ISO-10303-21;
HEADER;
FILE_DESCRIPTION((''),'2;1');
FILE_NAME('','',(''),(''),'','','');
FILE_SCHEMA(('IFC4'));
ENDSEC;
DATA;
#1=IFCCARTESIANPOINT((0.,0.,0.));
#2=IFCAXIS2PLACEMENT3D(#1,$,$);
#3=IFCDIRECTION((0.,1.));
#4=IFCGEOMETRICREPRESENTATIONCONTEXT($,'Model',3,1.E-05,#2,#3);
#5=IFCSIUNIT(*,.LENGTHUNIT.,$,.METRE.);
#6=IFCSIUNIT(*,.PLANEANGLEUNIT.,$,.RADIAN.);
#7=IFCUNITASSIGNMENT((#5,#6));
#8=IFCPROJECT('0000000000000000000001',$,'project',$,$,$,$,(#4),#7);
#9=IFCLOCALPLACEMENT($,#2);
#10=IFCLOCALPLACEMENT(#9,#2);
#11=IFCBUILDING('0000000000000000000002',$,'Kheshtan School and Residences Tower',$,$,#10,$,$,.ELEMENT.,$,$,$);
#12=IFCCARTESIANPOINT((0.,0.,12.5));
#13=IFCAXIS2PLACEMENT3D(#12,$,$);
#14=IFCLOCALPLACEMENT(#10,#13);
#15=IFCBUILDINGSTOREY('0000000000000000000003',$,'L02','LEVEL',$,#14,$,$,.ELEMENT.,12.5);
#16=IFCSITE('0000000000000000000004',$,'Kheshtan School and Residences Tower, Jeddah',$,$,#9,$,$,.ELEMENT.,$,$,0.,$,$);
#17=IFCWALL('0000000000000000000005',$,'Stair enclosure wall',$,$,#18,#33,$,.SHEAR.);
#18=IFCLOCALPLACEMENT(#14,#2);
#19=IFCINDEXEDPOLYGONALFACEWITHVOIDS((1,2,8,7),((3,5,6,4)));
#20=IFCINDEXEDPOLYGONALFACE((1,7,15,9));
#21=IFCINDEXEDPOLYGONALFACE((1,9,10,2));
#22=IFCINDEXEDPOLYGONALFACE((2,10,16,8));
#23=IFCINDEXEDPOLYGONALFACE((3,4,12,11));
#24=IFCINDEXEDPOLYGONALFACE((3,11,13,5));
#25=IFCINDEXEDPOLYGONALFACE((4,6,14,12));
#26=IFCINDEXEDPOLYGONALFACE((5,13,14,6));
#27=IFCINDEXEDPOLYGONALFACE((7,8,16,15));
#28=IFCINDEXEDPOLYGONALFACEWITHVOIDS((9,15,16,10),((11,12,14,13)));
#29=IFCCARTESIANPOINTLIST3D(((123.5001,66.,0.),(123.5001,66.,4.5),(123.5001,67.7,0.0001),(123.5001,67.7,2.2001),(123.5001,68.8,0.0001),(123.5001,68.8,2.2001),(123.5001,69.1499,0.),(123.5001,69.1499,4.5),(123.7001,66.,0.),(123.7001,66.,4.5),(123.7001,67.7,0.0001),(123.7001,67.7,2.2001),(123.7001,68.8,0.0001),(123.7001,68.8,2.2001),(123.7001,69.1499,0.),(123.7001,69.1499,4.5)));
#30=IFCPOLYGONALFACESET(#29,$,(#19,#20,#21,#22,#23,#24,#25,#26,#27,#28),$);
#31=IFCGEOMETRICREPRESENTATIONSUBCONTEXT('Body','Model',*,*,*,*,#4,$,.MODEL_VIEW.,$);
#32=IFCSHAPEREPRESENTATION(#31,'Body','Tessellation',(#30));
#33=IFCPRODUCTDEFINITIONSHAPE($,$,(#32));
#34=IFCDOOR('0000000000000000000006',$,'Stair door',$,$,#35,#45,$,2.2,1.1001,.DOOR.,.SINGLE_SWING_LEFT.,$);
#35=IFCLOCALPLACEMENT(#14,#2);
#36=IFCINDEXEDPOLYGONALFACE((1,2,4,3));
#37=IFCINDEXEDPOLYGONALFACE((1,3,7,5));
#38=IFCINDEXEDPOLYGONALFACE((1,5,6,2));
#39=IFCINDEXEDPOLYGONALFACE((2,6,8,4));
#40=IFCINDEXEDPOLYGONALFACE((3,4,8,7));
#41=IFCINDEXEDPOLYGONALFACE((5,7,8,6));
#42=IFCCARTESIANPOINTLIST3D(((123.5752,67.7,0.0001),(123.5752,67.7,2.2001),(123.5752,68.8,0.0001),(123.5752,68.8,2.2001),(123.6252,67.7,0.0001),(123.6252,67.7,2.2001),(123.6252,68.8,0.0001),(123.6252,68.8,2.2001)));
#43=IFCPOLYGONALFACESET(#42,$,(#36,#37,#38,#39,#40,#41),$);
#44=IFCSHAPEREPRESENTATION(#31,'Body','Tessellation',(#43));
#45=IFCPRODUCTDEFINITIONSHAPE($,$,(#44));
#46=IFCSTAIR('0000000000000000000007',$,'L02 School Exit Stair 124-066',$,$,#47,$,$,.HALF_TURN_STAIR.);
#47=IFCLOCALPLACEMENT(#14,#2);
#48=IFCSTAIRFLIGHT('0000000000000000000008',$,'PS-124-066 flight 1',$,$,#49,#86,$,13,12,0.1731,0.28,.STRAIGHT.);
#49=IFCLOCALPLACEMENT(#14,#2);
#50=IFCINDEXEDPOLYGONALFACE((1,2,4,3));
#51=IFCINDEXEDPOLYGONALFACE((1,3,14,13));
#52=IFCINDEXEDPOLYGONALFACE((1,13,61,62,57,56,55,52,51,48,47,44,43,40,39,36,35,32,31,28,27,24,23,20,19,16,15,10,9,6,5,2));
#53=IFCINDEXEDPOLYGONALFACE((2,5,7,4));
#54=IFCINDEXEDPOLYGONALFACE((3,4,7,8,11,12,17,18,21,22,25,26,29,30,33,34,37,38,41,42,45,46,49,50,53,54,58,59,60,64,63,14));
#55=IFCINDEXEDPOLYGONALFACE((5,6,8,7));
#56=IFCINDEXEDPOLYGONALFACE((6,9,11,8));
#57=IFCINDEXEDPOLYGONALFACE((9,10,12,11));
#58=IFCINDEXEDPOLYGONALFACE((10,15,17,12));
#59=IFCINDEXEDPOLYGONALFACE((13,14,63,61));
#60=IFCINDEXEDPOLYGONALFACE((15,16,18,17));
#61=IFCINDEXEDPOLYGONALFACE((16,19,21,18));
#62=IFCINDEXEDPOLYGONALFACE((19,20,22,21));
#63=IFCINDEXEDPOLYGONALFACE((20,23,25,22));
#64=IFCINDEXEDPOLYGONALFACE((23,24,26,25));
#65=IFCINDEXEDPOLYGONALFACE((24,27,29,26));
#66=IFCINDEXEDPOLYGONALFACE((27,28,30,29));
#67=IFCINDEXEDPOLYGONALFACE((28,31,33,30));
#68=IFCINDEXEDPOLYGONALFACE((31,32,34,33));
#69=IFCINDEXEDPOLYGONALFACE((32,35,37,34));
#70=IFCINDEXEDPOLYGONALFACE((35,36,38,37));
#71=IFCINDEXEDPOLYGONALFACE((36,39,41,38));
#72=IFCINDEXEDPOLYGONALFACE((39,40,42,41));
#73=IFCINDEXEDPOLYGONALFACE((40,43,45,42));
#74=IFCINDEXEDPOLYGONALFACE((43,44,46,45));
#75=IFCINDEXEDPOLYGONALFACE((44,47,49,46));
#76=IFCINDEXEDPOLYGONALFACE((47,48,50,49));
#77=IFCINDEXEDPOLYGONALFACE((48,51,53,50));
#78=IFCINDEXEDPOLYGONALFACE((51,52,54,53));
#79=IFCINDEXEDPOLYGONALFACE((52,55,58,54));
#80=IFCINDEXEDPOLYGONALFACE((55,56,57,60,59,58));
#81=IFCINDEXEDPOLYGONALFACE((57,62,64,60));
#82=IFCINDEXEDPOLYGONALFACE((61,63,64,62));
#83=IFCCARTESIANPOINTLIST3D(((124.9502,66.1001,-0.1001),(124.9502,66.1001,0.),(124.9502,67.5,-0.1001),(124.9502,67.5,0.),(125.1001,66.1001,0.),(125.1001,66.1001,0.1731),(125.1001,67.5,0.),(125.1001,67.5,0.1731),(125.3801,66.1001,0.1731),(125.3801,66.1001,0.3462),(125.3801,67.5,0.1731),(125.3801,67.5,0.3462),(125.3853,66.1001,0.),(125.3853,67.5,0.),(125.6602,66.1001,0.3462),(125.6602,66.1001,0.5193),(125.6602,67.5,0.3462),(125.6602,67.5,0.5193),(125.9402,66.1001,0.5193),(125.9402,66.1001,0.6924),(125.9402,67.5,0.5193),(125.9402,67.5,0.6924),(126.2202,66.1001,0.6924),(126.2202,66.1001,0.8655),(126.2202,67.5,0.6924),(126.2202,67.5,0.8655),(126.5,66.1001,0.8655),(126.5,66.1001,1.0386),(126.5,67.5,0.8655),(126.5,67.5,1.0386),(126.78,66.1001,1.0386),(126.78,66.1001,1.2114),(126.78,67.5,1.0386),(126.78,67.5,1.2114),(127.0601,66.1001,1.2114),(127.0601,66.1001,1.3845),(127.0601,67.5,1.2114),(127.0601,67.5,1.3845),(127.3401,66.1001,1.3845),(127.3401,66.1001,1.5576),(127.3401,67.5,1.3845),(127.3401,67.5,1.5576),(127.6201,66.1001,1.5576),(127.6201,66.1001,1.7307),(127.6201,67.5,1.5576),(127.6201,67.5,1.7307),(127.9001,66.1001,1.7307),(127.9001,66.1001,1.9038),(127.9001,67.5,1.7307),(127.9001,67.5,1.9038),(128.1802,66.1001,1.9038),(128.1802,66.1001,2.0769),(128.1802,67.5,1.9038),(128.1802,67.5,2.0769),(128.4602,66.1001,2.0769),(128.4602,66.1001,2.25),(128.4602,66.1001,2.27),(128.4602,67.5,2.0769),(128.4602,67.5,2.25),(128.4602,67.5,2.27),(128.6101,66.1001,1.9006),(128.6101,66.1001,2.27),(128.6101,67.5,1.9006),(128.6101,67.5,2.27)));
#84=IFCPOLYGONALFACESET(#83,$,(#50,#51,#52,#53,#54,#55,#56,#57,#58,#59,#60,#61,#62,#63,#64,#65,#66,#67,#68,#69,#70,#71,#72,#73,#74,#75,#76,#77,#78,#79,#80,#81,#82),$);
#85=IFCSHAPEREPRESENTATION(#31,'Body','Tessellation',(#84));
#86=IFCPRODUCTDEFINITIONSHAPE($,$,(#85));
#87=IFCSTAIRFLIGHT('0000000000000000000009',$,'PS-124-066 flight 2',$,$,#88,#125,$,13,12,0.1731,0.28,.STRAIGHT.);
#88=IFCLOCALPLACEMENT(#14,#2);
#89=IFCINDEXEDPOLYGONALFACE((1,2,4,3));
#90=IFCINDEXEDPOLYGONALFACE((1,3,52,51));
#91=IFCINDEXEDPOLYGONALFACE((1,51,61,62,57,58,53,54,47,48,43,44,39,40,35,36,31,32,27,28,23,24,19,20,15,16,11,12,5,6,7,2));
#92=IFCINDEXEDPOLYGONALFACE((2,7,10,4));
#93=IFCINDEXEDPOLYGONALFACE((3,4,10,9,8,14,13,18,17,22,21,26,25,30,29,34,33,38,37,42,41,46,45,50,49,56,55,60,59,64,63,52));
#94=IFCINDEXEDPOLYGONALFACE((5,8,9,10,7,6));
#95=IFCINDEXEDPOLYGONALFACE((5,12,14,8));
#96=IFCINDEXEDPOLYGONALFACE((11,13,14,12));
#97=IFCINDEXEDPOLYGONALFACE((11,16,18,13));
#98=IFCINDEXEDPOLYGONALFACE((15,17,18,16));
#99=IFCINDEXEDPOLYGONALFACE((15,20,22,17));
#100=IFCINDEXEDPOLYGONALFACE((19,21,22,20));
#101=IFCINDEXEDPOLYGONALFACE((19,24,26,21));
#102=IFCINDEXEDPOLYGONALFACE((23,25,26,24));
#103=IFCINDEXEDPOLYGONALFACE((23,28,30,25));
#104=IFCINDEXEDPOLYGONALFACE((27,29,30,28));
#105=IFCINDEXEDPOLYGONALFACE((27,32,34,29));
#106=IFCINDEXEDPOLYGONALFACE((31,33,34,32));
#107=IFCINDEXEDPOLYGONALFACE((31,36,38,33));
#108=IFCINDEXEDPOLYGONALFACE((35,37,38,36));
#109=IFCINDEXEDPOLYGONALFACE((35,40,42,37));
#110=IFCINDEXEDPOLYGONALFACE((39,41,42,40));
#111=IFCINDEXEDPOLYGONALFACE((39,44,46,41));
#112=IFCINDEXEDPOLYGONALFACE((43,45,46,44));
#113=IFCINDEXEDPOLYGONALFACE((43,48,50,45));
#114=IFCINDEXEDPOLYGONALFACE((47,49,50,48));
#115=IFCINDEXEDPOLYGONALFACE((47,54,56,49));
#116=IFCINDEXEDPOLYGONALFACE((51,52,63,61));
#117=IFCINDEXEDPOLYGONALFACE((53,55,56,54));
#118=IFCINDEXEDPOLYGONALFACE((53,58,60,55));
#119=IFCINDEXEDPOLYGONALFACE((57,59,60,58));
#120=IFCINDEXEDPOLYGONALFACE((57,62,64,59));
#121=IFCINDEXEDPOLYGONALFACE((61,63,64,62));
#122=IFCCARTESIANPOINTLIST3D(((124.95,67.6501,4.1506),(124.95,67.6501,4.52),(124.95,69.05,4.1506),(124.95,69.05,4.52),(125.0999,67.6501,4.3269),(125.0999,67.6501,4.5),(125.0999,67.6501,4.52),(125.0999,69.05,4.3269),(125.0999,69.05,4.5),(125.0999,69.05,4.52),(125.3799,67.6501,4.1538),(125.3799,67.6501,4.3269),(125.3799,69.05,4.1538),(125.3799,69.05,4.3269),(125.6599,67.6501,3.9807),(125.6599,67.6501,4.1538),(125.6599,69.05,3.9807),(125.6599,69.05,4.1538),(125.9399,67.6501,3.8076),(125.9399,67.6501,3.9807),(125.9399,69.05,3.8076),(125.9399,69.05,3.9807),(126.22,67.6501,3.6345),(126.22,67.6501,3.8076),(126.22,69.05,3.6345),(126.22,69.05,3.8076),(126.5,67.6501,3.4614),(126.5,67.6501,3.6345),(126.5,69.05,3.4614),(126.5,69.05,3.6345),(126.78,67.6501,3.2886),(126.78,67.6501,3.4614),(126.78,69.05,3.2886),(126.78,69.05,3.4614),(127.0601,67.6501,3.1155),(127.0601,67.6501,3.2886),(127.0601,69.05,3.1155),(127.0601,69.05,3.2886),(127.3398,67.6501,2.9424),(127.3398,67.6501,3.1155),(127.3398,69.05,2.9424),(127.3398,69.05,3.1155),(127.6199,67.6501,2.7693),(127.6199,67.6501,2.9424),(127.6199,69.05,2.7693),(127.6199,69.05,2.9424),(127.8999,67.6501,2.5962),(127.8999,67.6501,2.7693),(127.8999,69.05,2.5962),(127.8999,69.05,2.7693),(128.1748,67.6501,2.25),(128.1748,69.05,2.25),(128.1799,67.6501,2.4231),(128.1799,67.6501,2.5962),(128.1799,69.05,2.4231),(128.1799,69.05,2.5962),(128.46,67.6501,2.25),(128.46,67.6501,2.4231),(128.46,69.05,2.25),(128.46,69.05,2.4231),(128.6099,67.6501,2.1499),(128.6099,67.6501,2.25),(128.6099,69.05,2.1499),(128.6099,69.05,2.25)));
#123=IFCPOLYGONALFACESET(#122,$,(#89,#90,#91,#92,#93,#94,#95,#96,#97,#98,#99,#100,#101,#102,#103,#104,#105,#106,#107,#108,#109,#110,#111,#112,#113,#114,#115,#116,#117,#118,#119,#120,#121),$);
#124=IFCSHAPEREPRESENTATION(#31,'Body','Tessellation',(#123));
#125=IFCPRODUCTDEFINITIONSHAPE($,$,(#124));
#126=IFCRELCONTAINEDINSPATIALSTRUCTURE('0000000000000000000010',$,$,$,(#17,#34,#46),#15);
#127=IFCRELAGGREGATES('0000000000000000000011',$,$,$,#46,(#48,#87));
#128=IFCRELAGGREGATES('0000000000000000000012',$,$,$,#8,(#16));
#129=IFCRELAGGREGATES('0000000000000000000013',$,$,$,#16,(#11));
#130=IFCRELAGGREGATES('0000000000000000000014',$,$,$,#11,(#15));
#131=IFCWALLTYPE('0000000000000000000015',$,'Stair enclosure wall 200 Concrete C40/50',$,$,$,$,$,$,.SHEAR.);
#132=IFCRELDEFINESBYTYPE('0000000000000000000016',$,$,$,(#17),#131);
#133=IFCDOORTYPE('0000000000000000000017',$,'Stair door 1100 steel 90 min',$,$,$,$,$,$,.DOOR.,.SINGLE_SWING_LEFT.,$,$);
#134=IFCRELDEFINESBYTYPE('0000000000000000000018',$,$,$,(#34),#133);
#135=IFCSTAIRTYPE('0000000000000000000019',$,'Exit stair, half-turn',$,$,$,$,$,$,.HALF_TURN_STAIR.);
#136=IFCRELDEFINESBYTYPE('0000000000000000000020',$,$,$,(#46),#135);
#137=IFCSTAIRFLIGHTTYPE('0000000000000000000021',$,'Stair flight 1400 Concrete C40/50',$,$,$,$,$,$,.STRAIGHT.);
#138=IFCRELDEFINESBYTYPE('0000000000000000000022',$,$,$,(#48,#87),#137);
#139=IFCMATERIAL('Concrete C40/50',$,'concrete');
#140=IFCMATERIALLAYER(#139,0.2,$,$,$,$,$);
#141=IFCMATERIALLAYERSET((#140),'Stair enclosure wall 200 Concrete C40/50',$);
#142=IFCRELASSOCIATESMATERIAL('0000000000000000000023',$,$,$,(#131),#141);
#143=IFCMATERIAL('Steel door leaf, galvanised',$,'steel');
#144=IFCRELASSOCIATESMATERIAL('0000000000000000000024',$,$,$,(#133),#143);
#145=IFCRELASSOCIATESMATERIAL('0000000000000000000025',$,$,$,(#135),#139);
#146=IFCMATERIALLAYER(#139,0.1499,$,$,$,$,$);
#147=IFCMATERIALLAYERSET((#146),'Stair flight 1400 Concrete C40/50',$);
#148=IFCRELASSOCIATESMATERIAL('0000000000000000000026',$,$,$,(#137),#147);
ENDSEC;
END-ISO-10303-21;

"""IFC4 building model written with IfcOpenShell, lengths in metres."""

from ifc_helpers import new_model, si_unit, direction, frame, frame_2d, origin, place, context, subcontext, project, spatial, polyline, rectangle, outline, extrude, source, transform, mapped, material, layer, layer_set, type_object, element, fill, aggregate, save


model = new_model("IFC4")

# Units and contexts
model_context = context("Model", 3, precision=1e-05, world=origin(), true_north=direction((0.0, 1.0)))
body_context = subcontext(model_context, "Body", "Model", "MODEL_VIEW")
ifc_project = project(units=[si_unit("LENGTHUNIT", "METRE"), si_unit("PLANEANGLEUNIT", "RADIAN")], contexts=[model_context])

# Site, building, storey
site_placement = place(None, origin())
site = spatial("IfcSite", under=ifc_project, at=site_placement, Name="Kheshtan School and Residences Tower, Jeddah", CompositionType="ELEMENT", RefElevation=0.0)
building_placement = place(site_placement, origin())
building = spatial("IfcBuilding", under=site, at=building_placement, Name="Kheshtan School and Residences Tower", CompositionType="ELEMENT")
storey_placement = place(building_placement, frame((0.0, 0.0, 12.5)))
storey = spatial("IfcBuildingStorey", under=building, at=storey_placement, Name="L02", Description="LEVEL", CompositionType="ELEMENT", Elevation=12.5)

# Shared definitions
ifc_material_1 = material(Name="Concrete C40/50", Category="concrete")
ifc_layer_1 = layer(ifc_material_1, 0.2)
ifc_layer_set_1 = layer_set([ifc_layer_1], Name="Stair enclosure wall 200 Concrete C40/50")
wall_type_1 = type_object("IfcWallType", Name="Stair enclosure wall 200 Concrete C40/50", PredefinedType="SHEAR", material=ifc_layer_set_1)

# Wall, opening, door
wall_1_placement = place(storey_placement, frame((123.6001, 66.0, 0.0), z_axis=(0.0, 0.0, 1.0), x_axis=(0.0, 1.0, 0.0)))
wall_1 = element("IfcWall", 1, at=wall_1_placement, inside=storey, type_object=wall_type_1, Name="Stair enclosure wall", PredefinedType="SHEAR", context=body_context, shape_type="SweptSolid", body=[
    extrude(rectangle(XDim=3.1499, YDim=0.2, at=frame_2d((1.575, 0.0))), origin(), (0.0, 0.0, 1.0), 4.5),
])
opening_1_placement = place(wall_1_placement, frame((1.7, 0.0, 0.0)))
opening_1 = element("IfcOpeningElement", 2, at=opening_1_placement, cuts=wall_1, PredefinedType="OPENING", context=body_context, shape_type="SweptSolid", body=[
    extrude(rectangle(XDim=1.1001, YDim=2.2, at=frame_2d((0.55, 1.1001))), frame((0.0, 0.1099, 0.0), z_axis=(0.0, -1.0, 0.0), x_axis=(1.0, 0.0, 0.0)), (0.0, 0.0, 1.0), 0.22),
])
ifc_material_2 = material(Name="Steel door leaf, galvanised", Category="steel")
door_type_1 = type_object("IfcDoorType", Name="Stair door 1100 steel 90 min", OperationType="SINGLE_SWING_LEFT", PredefinedType="DOOR", material=ifc_material_2)
shared_shape_1 = source(origin(), body_context, "Body", "SweptSolid", [
    extrude(rectangle(XDim=1.1001, YDim=2.2, at=frame_2d((0.55, 1.1001))), frame((0.0, 0.0249, 0.0), z_axis=(0.0, -1.0, 0.0), x_axis=(1.0, 0.0, 0.0)), (0.0, 0.0, 1.0), 0.05),
])
door_1_placement = place(opening_1_placement, origin())
door_1 = element("IfcDoor", 3, at=door_1_placement, inside=storey, type_object=door_type_1, Name="Stair door", OperationType="SINGLE_SWING_LEFT", OverallHeight=2.2, OverallWidth=1.1001, PredefinedType="DOOR", context=body_context, shape_type="MappedRepresentation", body=[
    mapped(shared_shape_1, transform((0.0, 0.0, 0.0), x_axis=(1.0, 0.0, 0.0), y_axis=(0.0, 1.0, 0.0), z_axis=(0.0, 0.0, 1.0), scale=1.0)),
])
fill(opening_1, door_1)

# Stair, stair flights
stair_type = type_object("IfcStairType", Name="Exit stair, half-turn", PredefinedType="HALF_TURN_STAIR", material=ifc_material_1)
stair_placement = place(storey_placement, origin())
stair = element("IfcStair", 4, at=stair_placement, inside=storey, type_object=stair_type, Name="L02 School Exit Stair 124-066", PredefinedType="HALF_TURN_STAIR")
ifc_layer_2 = layer(ifc_material_1, 0.1499)
ifc_layer_set_2 = layer_set([ifc_layer_2], Name="Stair flight 1400 Concrete C40/50")
stair_flight_type = type_object("IfcStairFlightType", Name="Stair flight 1400 Concrete C40/50", PredefinedType="STRAIGHT", material=ifc_layer_set_2)
stair_flight_1_placement = place(storey_placement, frame((125.1001, 66.8, 0.0), z_axis=(0.0, 0.0, 1.0), x_axis=(1.0, 0.0, 0.0)))
stair_flight_1 = element("IfcStairFlight", 5, at=stair_flight_1_placement, type_object=stair_flight_type, Name="PS-124-066 flight 1", NumberOfRisers=13, NumberOfTreads=12, PredefinedType="STRAIGHT", RiserHeight=0.1731, TreadLength=0.28, context=body_context, shape_type="SweptSolid", body=[
    extrude(outline(polyline([(-0.1499, -0.1001), (-0.1499, 0.0), (0.0, 0.0), (0.0, 0.1731), (0.28, 0.1731), (0.28, 0.3462), (0.5601, 0.3462), (0.5601, 0.5193), (0.8401, 0.5193), (0.8401, 0.6924), (1.1201, 0.6924), (1.1201, 0.8655), (1.3999, 0.8655), (1.3999, 1.0386), (1.6799, 1.0386), (1.6799, 1.2114), (1.96, 1.2114), (1.96, 1.3845), (2.24, 1.3845), (2.24, 1.5576), (2.52, 1.5576), (2.52, 1.7307), (2.8, 1.7307), (2.8, 1.9038), (3.0801, 1.9038), (3.0801, 2.0769), (3.3601, 2.0769), (3.3601, 2.25), (3.3601, 2.27), (3.51, 2.27), (3.51, 1.9006), (0.2852, 0.0), (-0.1499, -0.1001)])), frame((0.0, 0.7, 0.0), z_axis=(0.0, -1.0, 0.0), x_axis=(1.0, 0.0, 0.0)), (0.0, 0.0, 1.0), 1.3999),
])
stair_flight_2_placement = place(storey_placement, frame((128.46, 68.3501, 2.25), z_axis=(0.0, 0.0, 1.0), x_axis=(-1.0, 0.0, 0.0)))
stair_flight_2 = element("IfcStairFlight", 6, at=stair_flight_2_placement, type_object=stair_flight_type, Name="PS-124-066 flight 2", NumberOfRisers=13, NumberOfTreads=12, PredefinedType="STRAIGHT", RiserHeight=0.1731, TreadLength=0.28, context=body_context, shape_type="SweptSolid", body=[
    extrude(outline(polyline([(-0.1499, -0.1001), (-0.1499, 0.0), (0.0, 0.0), (0.0, 0.1731), (0.28, 0.1731), (0.28, 0.3462), (0.5601, 0.3462), (0.5601, 0.5193), (0.8401, 0.5193), (0.8401, 0.6924), (1.1201, 0.6924), (1.1201, 0.8655), (1.3999, 0.8655), (1.3999, 1.0386), (1.6799, 1.0386), (1.6799, 1.2114), (1.96, 1.2114), (1.96, 1.3845), (2.24, 1.3845), (2.24, 1.5576), (2.52, 1.5576), (2.52, 1.7307), (2.8, 1.7307), (2.8, 1.9038), (3.0801, 1.9038), (3.0801, 2.0769), (3.3601, 2.0769), (3.3601, 2.25), (3.3601, 2.27), (3.51, 2.27), (3.51, 1.9006), (0.2852, 0.0), (-0.1499, -0.1001)])), frame((0.0, 0.7, 0.0), z_axis=(0.0, -1.0, 0.0), x_axis=(1.0, 0.0, 0.0)), (0.0, 0.0, 1.0), 1.3999),
])
aggregate(stair, [stair_flight_1, stair_flight_2])

save(model, "model.ifc")
